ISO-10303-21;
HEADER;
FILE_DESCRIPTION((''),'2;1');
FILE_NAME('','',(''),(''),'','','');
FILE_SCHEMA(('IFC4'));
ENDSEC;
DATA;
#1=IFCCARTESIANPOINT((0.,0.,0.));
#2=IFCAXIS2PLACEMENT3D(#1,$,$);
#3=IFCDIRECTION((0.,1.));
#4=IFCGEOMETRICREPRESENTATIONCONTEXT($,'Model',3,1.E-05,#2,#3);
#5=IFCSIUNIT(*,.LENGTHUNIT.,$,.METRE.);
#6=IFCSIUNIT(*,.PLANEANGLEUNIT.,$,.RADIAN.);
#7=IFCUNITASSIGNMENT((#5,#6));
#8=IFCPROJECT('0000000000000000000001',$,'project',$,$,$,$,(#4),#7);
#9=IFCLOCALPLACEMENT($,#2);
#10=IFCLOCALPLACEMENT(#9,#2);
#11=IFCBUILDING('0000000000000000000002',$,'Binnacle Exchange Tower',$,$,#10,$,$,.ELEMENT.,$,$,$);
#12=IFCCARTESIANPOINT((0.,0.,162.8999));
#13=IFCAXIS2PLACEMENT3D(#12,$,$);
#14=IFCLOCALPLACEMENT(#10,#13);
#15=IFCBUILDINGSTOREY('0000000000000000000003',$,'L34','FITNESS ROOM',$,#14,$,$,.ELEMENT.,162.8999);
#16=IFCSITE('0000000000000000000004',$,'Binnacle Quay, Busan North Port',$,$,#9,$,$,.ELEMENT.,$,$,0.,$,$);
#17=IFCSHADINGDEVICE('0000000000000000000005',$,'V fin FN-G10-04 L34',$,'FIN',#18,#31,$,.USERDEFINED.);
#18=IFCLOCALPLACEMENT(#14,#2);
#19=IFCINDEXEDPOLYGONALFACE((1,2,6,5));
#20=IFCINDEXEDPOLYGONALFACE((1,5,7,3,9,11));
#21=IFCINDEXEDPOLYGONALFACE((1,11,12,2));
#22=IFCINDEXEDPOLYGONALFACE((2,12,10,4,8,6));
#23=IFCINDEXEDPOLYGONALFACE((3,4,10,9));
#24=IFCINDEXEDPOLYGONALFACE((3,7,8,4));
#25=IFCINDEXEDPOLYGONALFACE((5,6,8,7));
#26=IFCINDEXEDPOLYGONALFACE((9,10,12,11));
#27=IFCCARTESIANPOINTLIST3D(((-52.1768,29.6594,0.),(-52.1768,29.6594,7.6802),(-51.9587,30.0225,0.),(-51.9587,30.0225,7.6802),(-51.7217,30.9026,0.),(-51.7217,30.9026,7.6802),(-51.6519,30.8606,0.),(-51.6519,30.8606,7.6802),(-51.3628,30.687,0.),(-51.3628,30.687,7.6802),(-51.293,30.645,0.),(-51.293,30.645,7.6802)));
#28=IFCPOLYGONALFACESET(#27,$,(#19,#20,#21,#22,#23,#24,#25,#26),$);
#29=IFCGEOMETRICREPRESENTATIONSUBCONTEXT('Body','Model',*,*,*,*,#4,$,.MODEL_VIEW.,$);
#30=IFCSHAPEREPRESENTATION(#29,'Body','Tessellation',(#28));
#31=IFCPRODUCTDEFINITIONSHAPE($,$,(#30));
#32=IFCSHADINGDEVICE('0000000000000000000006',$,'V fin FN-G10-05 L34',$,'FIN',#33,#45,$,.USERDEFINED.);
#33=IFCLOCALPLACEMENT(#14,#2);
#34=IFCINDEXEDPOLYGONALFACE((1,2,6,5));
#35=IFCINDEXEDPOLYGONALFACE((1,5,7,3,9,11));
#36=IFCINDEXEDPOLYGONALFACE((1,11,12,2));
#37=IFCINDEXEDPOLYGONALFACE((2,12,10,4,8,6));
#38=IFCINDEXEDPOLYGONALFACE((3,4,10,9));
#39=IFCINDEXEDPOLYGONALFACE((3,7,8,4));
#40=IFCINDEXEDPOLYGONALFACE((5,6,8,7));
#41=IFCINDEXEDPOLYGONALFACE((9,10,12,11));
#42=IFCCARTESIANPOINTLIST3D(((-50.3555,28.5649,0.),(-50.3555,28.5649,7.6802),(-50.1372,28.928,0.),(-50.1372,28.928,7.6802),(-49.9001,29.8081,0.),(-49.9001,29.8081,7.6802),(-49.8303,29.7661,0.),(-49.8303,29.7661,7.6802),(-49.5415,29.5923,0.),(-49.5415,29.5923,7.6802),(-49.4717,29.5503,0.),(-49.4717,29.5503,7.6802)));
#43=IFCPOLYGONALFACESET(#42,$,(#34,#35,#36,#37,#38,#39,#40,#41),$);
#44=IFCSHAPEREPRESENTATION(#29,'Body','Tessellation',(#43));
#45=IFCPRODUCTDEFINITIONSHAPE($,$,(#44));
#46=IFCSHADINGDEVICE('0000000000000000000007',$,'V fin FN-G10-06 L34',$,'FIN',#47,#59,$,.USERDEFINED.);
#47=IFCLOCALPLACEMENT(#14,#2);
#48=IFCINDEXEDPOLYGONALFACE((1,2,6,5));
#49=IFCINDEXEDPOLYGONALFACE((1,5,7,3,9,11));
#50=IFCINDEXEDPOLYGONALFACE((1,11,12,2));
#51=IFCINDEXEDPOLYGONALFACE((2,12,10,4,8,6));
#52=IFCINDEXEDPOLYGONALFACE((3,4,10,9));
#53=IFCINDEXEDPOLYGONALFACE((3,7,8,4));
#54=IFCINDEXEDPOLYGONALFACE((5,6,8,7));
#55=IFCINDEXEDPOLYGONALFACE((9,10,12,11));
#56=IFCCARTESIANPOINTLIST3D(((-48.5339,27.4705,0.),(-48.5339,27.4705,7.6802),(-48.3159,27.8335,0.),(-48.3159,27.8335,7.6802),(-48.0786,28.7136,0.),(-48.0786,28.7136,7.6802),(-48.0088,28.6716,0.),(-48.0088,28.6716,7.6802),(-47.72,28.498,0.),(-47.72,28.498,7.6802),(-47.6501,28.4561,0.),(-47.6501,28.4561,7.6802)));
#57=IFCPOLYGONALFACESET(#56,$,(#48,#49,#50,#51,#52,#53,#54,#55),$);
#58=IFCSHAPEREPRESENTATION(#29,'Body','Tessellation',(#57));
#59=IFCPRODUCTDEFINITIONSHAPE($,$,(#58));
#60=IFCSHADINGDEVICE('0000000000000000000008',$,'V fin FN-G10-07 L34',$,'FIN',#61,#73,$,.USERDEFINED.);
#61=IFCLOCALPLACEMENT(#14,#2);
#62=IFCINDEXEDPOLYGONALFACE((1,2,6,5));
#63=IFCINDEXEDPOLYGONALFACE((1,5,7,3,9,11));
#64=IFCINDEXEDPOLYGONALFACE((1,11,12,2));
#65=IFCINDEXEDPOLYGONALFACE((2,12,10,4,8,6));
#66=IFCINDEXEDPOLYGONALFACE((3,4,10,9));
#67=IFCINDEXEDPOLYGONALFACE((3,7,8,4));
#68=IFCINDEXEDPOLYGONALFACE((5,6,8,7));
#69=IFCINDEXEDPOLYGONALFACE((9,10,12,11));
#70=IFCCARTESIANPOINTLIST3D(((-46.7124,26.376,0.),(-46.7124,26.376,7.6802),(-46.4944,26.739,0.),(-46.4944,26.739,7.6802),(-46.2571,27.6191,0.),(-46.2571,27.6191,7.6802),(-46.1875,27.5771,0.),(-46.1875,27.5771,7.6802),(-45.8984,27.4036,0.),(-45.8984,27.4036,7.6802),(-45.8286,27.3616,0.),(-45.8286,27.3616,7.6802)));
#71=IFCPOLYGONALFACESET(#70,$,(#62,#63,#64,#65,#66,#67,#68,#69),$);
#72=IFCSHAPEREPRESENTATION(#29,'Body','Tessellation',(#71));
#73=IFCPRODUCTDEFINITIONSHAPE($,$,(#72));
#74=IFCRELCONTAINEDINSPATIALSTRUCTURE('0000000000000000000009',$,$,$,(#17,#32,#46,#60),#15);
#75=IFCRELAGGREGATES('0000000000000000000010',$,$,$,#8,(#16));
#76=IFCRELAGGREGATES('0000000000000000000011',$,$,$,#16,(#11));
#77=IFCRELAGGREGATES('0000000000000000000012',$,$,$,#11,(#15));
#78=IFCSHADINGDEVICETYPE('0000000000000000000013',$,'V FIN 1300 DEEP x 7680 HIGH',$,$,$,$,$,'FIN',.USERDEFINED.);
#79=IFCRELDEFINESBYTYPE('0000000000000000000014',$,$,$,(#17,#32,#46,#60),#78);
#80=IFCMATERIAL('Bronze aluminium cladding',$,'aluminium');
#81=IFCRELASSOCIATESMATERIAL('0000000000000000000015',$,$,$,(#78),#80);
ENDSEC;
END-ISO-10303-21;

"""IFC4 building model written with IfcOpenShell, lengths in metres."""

from ifc_helpers import new_model, si_unit, direction, frame, origin, place, context, subcontext, project, spatial, polyline, outline, extrude, material, type_object, element, save


model = new_model("IFC4")

# Units and contexts
model_context = context("Model", 3, precision=1e-05, world=origin(), true_north=direction((0.0, 1.0)))
body_context = subcontext(model_context, "Body", "Model", "MODEL_VIEW")
ifc_project = project(units=[si_unit("LENGTHUNIT", "METRE"), si_unit("PLANEANGLEUNIT", "RADIAN")], contexts=[model_context])

# Site, building, storey
site_placement = place(None, origin())
site = spatial("IfcSite", under=ifc_project, at=site_placement, Name="Binnacle Quay, Busan North Port", CompositionType="ELEMENT", RefElevation=0.0)
building_placement = place(site_placement, origin())
building = spatial("IfcBuilding", under=site, at=building_placement, Name="Binnacle Exchange Tower", CompositionType="ELEMENT")
storey_placement = place(building_placement, frame((0.0, 0.0, 162.8999)))
storey = spatial("IfcBuildingStorey", under=building, at=storey_placement, Name="L34", Description="FITNESS ROOM", CompositionType="ELEMENT", Elevation=162.8999)

# Shading devices
ifc_material_1 = material(Name="Bronze aluminium cladding", Category="aluminium")
shading_device_type = type_object("IfcShadingDeviceType", Name="V FIN 1300 DEEP x 7680 HIGH", ElementType="FIN", PredefinedType="USERDEFINED", material=ifc_material_1)
shading_device_1_placement = place(storey_placement, origin())
element("IfcShadingDevice", 1, at=shading_device_1_placement, inside=storey, type_object=shading_device_type, Name="V fin FN-G10-04 L34", ObjectType="FIN", PredefinedType="USERDEFINED", context=body_context, shape_type="SweptSolid", body=[
    extrude(outline(polyline([(-51.7217, 30.9026), (-52.1768, 29.6594), (-51.293, 30.645), (-51.3628, 30.687), (-51.9587, 30.0225), (-51.6519, 30.8606), (-51.7217, 30.9026)])), origin(), (0.0, 0.0, 1.0), 7.6802),
])
shading_device_2_placement = place(storey_placement, origin())
element("IfcShadingDevice", 2, at=shading_device_2_placement, inside=storey, type_object=shading_device_type, Name="V fin FN-G10-05 L34", ObjectType="FIN", PredefinedType="USERDEFINED", context=body_context, shape_type="SweptSolid", body=[
    extrude(outline(polyline([(-49.9001, 29.8081), (-50.3555, 28.5649), (-49.4717, 29.5503), (-49.5415, 29.5923), (-50.1372, 28.928), (-49.8303, 29.7661), (-49.9001, 29.8081)])), origin(), (0.0, 0.0, 1.0), 7.6802),
])
shading_device_3_placement = place(storey_placement, origin())
element("IfcShadingDevice", 3, at=shading_device_3_placement, inside=storey, type_object=shading_device_type, Name="V fin FN-G10-06 L34", ObjectType="FIN", PredefinedType="USERDEFINED", context=body_context, shape_type="SweptSolid", body=[
    extrude(outline(polyline([(-48.0786, 28.7136), (-48.5339, 27.4705), (-47.6501, 28.4561), (-47.72, 28.498), (-48.3159, 27.8335), (-48.0088, 28.6716), (-48.0786, 28.7136)])), origin(), (0.0, 0.0, 1.0), 7.6802),
])
shading_device_4_placement = place(storey_placement, origin())
element("IfcShadingDevice", 4, at=shading_device_4_placement, inside=storey, type_object=shading_device_type, Name="V fin FN-G10-07 L34", ObjectType="FIN", PredefinedType="USERDEFINED", context=body_context, shape_type="SweptSolid", body=[
    extrude(outline(polyline([(-46.2571, 27.6191), (-46.7124, 26.376), (-45.8286, 27.3616), (-45.8984, 27.4036), (-46.4944, 26.739), (-46.1875, 27.5771), (-46.2571, 27.6191)])), origin(), (0.0, 0.0, 1.0), 7.6802),
])

save(model, "model.ifc")
